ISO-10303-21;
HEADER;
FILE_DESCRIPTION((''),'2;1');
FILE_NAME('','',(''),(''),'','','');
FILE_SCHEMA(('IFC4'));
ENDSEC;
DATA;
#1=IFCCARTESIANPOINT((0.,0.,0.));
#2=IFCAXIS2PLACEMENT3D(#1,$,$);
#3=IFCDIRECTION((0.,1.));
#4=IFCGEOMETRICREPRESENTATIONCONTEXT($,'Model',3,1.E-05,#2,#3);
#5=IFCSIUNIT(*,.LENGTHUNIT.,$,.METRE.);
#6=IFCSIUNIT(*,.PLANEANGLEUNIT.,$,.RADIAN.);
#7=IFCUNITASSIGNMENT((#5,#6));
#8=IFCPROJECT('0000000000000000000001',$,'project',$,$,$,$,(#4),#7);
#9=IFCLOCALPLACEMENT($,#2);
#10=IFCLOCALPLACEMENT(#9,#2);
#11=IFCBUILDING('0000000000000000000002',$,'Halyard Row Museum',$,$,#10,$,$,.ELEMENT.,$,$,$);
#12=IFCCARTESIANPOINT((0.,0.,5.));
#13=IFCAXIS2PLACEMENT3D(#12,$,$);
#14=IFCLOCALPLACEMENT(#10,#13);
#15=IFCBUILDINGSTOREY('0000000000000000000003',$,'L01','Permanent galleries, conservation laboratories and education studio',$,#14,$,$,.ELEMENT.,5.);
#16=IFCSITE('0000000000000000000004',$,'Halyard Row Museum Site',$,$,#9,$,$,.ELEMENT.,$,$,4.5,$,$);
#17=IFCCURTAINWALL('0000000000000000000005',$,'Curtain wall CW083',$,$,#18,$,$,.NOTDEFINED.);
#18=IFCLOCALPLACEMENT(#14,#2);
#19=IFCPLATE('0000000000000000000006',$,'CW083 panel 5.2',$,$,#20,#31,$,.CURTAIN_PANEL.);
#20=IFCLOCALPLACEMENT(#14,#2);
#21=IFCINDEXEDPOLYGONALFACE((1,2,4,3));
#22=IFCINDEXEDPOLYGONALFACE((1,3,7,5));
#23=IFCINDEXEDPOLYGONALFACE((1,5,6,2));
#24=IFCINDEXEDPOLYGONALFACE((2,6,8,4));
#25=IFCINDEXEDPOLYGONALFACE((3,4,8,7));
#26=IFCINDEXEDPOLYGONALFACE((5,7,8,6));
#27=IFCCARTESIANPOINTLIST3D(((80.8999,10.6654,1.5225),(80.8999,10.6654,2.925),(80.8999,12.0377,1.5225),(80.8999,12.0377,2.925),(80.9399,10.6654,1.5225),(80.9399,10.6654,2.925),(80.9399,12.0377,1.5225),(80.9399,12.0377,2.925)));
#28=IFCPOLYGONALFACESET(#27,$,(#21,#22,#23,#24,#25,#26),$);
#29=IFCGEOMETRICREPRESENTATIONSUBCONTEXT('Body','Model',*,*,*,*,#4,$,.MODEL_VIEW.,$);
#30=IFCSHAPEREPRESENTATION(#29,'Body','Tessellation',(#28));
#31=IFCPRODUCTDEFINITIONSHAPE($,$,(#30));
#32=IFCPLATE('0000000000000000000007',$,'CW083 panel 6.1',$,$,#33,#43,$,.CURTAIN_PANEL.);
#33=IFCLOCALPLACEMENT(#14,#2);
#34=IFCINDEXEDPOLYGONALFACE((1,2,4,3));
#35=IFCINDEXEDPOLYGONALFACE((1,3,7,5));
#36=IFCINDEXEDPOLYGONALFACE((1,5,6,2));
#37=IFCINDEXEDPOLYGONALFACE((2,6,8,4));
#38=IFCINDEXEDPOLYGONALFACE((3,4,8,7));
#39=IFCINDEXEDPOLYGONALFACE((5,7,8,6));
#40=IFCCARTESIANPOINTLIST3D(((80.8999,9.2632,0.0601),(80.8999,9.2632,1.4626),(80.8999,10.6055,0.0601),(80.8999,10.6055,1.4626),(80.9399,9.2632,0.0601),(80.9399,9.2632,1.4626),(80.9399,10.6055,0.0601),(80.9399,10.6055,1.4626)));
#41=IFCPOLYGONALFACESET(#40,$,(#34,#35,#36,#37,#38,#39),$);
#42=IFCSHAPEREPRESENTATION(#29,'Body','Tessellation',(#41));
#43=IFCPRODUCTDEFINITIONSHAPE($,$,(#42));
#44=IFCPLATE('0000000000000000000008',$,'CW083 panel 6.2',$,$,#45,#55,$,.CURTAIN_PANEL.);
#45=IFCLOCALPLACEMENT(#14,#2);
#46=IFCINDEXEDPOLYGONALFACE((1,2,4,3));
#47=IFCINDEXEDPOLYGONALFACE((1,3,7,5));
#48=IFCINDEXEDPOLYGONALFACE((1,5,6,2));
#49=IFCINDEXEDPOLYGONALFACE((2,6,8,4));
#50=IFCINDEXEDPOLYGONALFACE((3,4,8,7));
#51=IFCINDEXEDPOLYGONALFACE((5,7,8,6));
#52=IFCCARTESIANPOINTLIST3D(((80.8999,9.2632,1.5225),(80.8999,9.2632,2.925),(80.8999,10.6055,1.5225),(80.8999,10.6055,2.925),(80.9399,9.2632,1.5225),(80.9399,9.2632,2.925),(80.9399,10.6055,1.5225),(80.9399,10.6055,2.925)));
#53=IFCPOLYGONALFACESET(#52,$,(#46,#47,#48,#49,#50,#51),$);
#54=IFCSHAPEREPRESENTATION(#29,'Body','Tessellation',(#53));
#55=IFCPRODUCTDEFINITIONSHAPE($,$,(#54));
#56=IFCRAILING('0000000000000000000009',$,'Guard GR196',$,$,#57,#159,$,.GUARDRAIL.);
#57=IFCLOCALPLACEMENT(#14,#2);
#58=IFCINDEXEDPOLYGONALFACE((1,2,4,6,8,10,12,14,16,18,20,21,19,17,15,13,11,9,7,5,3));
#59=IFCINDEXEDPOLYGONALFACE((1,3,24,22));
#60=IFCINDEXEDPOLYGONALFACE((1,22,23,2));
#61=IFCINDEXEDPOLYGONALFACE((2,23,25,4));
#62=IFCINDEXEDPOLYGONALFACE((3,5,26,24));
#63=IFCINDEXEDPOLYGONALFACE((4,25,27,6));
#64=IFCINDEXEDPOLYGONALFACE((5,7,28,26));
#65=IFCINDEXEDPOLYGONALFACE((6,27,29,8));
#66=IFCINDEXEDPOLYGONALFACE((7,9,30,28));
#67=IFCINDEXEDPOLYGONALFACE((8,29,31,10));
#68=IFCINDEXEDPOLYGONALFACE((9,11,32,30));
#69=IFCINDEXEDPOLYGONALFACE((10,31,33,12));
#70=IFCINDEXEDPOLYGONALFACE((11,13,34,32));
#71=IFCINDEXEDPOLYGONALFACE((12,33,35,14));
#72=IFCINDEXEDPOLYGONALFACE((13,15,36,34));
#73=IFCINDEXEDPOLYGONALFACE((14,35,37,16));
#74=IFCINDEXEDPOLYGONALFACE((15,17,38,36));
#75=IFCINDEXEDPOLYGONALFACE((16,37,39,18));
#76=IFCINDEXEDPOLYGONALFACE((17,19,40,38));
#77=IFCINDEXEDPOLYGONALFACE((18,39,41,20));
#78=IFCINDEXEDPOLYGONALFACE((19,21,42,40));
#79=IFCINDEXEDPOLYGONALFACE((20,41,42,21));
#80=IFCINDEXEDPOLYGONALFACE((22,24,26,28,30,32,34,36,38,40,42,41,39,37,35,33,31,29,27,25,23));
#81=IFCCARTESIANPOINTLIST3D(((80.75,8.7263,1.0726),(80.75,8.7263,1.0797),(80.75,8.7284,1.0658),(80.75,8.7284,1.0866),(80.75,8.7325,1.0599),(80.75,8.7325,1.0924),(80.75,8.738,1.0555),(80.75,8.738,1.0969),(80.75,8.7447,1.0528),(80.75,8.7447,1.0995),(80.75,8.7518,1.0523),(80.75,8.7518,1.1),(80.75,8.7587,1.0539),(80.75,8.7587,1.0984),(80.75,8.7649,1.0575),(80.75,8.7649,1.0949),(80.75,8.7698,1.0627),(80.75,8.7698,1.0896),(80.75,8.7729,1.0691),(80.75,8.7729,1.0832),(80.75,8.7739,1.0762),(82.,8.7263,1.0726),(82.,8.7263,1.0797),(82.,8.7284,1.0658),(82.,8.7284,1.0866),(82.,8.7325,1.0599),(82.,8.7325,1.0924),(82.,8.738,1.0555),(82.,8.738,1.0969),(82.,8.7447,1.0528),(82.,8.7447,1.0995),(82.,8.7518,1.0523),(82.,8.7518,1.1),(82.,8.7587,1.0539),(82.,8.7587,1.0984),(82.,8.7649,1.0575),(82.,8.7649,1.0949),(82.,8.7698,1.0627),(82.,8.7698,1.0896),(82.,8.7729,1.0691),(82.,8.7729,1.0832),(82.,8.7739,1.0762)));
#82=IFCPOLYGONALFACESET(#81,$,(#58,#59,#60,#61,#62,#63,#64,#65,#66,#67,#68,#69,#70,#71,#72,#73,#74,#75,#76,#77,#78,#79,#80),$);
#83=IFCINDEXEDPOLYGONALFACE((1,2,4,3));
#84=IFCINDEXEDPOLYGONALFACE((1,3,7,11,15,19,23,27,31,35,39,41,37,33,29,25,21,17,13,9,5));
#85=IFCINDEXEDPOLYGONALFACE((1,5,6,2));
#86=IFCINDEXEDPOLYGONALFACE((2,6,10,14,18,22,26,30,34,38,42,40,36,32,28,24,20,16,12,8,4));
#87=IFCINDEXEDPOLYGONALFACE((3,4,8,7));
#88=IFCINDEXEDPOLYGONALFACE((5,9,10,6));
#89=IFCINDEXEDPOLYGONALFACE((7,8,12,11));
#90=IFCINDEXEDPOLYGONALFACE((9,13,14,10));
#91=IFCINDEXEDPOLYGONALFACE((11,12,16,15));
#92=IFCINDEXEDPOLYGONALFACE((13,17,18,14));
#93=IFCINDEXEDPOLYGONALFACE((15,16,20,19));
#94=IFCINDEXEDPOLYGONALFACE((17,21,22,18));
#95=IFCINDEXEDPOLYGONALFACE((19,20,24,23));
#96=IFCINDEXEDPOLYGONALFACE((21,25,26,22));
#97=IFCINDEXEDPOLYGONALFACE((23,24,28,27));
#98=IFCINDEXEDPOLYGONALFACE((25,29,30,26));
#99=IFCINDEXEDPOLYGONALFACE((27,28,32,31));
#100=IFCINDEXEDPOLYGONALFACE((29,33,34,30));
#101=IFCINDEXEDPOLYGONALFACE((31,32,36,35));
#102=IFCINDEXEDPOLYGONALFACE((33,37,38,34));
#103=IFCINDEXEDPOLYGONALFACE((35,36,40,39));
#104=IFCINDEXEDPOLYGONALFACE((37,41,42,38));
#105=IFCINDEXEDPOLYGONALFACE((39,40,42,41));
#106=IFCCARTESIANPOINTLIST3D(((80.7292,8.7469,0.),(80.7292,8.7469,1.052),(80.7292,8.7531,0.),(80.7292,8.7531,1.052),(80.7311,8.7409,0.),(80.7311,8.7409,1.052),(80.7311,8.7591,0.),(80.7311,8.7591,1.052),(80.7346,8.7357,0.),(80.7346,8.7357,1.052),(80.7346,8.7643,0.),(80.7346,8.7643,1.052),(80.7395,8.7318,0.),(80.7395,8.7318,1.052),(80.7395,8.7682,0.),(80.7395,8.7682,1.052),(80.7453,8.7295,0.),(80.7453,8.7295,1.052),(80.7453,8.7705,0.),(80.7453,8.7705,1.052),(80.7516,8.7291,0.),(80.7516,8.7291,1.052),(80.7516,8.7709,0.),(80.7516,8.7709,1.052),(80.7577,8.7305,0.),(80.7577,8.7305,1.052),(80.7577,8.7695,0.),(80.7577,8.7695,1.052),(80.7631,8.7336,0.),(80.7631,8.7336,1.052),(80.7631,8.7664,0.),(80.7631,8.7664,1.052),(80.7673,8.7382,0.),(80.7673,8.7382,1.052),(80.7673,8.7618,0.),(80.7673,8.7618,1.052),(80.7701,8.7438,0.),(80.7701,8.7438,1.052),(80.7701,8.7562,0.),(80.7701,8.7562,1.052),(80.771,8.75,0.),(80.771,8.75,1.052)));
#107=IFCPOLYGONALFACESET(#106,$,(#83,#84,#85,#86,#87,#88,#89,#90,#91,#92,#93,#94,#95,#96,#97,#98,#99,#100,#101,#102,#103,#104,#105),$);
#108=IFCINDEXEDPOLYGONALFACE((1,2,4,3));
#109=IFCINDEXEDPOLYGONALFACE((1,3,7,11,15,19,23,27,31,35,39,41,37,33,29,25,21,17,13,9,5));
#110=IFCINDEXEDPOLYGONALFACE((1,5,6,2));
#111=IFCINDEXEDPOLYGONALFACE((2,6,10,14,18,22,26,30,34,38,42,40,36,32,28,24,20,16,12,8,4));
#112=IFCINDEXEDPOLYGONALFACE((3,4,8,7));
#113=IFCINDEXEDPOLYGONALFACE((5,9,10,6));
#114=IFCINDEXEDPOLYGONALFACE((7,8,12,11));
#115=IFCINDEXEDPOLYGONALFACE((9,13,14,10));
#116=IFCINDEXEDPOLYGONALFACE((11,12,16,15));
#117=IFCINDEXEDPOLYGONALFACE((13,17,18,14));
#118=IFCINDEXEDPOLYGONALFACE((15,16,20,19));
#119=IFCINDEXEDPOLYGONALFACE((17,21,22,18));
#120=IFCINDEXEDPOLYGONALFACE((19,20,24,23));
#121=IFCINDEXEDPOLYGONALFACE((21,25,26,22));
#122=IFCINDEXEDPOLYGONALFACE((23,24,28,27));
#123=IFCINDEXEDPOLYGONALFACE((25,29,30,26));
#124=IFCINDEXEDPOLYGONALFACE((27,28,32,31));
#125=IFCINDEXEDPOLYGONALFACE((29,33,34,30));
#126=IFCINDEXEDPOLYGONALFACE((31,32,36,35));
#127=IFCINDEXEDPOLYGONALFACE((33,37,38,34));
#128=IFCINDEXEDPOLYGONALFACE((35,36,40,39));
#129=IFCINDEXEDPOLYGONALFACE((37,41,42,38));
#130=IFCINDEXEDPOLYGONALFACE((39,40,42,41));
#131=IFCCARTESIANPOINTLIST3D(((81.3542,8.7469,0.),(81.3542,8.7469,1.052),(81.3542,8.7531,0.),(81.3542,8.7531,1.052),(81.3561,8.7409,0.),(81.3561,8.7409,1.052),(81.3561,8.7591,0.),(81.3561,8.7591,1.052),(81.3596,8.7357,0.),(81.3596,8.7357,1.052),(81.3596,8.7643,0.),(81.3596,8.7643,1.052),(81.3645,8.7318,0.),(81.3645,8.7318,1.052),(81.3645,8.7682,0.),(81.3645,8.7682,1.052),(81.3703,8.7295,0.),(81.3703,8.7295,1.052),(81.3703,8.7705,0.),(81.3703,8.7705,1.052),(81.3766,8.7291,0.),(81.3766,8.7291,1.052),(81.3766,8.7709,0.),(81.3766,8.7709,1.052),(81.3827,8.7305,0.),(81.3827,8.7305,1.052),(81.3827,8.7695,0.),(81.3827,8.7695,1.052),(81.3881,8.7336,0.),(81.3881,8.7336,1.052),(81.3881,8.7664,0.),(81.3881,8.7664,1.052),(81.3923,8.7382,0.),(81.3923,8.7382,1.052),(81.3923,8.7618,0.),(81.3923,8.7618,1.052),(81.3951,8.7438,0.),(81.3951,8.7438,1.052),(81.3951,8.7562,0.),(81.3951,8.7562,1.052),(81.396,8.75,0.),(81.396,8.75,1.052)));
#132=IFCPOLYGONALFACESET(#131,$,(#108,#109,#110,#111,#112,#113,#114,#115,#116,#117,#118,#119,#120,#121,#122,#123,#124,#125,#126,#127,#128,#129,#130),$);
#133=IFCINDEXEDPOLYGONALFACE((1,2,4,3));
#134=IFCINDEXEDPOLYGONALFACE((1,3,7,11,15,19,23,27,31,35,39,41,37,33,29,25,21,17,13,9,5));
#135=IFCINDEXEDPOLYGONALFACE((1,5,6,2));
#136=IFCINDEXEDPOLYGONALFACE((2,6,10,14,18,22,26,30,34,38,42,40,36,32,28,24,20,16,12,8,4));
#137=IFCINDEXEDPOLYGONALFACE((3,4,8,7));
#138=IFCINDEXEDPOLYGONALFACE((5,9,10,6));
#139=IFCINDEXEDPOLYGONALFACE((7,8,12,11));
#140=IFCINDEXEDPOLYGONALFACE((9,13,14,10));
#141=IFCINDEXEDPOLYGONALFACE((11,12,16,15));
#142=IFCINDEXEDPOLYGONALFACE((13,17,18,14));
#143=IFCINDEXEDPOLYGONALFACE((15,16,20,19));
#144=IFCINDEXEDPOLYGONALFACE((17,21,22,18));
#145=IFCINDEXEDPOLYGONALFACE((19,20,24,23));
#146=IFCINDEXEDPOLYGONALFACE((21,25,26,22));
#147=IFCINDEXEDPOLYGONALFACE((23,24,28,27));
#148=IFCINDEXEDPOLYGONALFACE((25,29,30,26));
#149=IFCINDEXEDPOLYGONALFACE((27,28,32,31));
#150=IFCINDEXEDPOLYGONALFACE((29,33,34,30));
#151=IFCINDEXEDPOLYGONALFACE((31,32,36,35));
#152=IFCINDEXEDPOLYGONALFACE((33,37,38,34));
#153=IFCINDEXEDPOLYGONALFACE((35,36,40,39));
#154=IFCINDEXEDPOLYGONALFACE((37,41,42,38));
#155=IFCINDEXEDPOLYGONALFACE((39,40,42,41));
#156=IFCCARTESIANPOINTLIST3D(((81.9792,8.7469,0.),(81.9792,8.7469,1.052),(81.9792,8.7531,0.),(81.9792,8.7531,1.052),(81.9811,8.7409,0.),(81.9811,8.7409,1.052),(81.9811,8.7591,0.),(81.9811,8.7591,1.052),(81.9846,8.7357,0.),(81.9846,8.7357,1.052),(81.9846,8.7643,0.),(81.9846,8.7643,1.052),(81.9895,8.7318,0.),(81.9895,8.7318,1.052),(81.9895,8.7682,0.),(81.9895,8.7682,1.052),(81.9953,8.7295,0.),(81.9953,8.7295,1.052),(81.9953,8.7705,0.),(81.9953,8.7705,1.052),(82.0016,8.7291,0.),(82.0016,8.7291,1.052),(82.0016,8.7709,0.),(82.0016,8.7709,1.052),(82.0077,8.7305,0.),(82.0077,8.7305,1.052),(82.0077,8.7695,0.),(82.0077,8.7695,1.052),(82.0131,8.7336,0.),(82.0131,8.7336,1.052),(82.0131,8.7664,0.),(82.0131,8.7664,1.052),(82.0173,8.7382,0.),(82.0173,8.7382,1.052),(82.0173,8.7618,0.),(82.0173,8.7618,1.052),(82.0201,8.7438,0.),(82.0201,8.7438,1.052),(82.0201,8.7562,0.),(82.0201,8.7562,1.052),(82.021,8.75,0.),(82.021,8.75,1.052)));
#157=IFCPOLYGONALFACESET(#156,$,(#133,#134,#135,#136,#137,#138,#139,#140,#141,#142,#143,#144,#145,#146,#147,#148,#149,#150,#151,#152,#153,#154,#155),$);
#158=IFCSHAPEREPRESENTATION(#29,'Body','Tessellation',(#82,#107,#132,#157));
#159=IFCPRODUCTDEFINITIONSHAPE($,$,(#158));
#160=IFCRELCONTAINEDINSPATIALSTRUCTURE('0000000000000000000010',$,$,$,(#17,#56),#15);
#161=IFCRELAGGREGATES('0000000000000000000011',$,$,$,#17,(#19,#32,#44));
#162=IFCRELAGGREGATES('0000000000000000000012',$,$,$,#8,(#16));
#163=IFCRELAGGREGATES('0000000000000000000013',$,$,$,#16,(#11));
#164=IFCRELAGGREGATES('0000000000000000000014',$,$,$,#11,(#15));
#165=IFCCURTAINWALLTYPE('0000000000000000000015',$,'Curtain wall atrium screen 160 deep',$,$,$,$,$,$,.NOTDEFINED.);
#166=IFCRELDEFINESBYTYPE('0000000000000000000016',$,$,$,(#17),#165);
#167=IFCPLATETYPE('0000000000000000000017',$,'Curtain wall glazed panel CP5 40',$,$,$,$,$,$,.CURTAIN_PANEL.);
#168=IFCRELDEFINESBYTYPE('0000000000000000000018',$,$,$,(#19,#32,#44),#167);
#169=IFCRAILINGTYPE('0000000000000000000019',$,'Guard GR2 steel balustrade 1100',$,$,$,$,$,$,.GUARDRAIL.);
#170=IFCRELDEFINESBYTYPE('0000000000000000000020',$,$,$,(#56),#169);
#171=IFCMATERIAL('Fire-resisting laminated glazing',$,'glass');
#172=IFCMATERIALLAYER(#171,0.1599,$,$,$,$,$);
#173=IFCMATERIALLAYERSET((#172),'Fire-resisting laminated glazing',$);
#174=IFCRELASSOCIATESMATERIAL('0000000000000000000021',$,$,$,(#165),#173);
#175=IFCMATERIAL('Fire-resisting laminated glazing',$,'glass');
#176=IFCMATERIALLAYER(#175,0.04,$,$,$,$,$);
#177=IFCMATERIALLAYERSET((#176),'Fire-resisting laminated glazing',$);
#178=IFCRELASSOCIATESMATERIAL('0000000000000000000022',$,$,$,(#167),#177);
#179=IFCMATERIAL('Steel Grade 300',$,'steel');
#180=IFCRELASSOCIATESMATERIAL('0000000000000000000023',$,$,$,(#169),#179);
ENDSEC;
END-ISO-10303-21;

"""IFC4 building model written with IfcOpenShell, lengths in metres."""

from ifc_helpers import new_model, si_unit, direction, frame, origin, origin_2d, place, context, subcontext, project, spatial, rectangle, circle, extrude, material, layer, layer_set, type_object, element, aggregate, save


model = new_model("IFC4")

# Units and contexts
model_context = context("Model", 3, precision=1e-05, world=origin(), true_north=direction((0.0, 1.0)))
body_context = subcontext(model_context, "Body", "Model", "MODEL_VIEW")
ifc_project = project(units=[si_unit("LENGTHUNIT", "METRE"), si_unit("PLANEANGLEUNIT", "RADIAN")], contexts=[model_context])

# Site, building, storey
site_placement = place(None, origin())
site = spatial("IfcSite", under=ifc_project, at=site_placement, Name="Halyard Row Museum Site", CompositionType="ELEMENT", RefElevation=4.5)
building_placement = place(site_placement, origin())
building = spatial("IfcBuilding", under=site, at=building_placement, Name="Halyard Row Museum", CompositionType="ELEMENT")
storey_placement = place(building_placement, frame((0.0, 0.0, 5.0)))
storey = spatial("IfcBuildingStorey", under=building, at=storey_placement, Name="L01", Description="Permanent galleries, conservation laboratories and education studio", CompositionType="ELEMENT", Elevation=5.0)

# Curtain wall
ifc_material_1 = material(Name="Fire-resisting laminated glazing", Category="glass")
ifc_layer_1 = layer(ifc_material_1, 0.1599)
ifc_layer_set_1 = layer_set([ifc_layer_1], Name="Fire-resisting laminated glazing")
curtain_wall_type = type_object("IfcCurtainWallType", Name="Curtain wall atrium screen 160 deep", PredefinedType="NOTDEFINED", material=ifc_layer_set_1)
curtain_wall_placement = place(storey_placement, origin())
curtain_wall = element("IfcCurtainWall", 1, at=curtain_wall_placement, inside=storey, type_object=curtain_wall_type, Name="Curtain wall CW083", PredefinedType="NOTDEFINED")

# Plates
ifc_material_2 = material(Name="Fire-resisting laminated glazing", Category="glass")
ifc_layer_2 = layer(ifc_material_2, 0.04)
ifc_layer_set_2 = layer_set([ifc_layer_2], Name="Fire-resisting laminated glazing")
plate_type = type_object("IfcPlateType", Name="Curtain wall glazed panel CP5 40", PredefinedType="CURTAIN_PANEL", material=ifc_layer_set_2)
plate_1_placement = place(storey_placement, frame((80.9199, 11.3516, 1.5225), z_axis=(0.0, 0.0, 1.0), x_axis=(0.0, -1.0, 0.0)))
plate_1 = element("IfcPlate", 2, at=plate_1_placement, type_object=plate_type, Name="CW083 panel 5.2", PredefinedType="CURTAIN_PANEL", context=body_context, shape_type="SweptSolid", body=[
    extrude(rectangle(XDim=1.3723, YDim=0.04, at=origin_2d()), origin(), (0.0, 0.0, 1.0), 1.4026),
])
plate_2_placement = place(storey_placement, frame((80.9199, 9.9343, 0.0601), z_axis=(0.0, 0.0, 1.0), x_axis=(0.0, -1.0, 0.0)))
plate_2 = element("IfcPlate", 3, at=plate_2_placement, type_object=plate_type, Name="CW083 panel 6.1", PredefinedType="CURTAIN_PANEL", context=body_context, shape_type="SweptSolid", body=[
    extrude(rectangle(XDim=1.3423, YDim=0.04, at=origin_2d()), origin(), (0.0, 0.0, 1.0), 1.4026),
])
plate_3_placement = place(storey_placement, frame((80.9199, 9.9343, 1.5225), z_axis=(0.0, 0.0, 1.0), x_axis=(0.0, -1.0, 0.0)))
plate_3 = element("IfcPlate", 4, at=plate_3_placement, type_object=plate_type, Name="CW083 panel 6.2", PredefinedType="CURTAIN_PANEL", context=body_context, shape_type="SweptSolid", body=[
    extrude(rectangle(XDim=1.3423, YDim=0.04, at=origin_2d()), origin(), (0.0, 0.0, 1.0), 1.4026),
])
aggregate(curtain_wall, [plate_1, plate_2, plate_3])

# Railing
ifc_material_3 = material(Name="Steel Grade 300", Category="steel")
railing_type = type_object("IfcRailingType", Name="Guard GR2 steel balustrade 1100", PredefinedType="GUARDRAIL", material=ifc_material_3)
railing_1_placement = place(storey_placement, frame((80.75, 8.75, 0.0)))
element("IfcRailing", 5, at=railing_1_placement, inside=storey, type_object=railing_type, Name="Guard GR196", PredefinedType="GUARDRAIL", context=body_context, shape_type="SweptSolid", body=[
    extrude(circle(Radius=0.0239, at=origin_2d()), frame((0.0, 0.0, 1.0762), z_axis=(1.0, 0.0, 0.0), x_axis=(0.0, 1.0, 0.0)), (0.0, 0.0, 1.0), 1.25),
    extrude(circle(Radius=0.021, at=origin_2d()), origin(), (0.0, 0.0, 1.0), 1.052),
    extrude(circle(Radius=0.021, at=origin_2d()), frame((0.625, 0.0, 0.0)), (0.0, 0.0, 1.0), 1.052),
    extrude(circle(Radius=0.021, at=origin_2d()), frame((1.25, 0.0, 0.0)), (0.0, 0.0, 1.0), 1.052),
])

save(model, "model.ifc")
